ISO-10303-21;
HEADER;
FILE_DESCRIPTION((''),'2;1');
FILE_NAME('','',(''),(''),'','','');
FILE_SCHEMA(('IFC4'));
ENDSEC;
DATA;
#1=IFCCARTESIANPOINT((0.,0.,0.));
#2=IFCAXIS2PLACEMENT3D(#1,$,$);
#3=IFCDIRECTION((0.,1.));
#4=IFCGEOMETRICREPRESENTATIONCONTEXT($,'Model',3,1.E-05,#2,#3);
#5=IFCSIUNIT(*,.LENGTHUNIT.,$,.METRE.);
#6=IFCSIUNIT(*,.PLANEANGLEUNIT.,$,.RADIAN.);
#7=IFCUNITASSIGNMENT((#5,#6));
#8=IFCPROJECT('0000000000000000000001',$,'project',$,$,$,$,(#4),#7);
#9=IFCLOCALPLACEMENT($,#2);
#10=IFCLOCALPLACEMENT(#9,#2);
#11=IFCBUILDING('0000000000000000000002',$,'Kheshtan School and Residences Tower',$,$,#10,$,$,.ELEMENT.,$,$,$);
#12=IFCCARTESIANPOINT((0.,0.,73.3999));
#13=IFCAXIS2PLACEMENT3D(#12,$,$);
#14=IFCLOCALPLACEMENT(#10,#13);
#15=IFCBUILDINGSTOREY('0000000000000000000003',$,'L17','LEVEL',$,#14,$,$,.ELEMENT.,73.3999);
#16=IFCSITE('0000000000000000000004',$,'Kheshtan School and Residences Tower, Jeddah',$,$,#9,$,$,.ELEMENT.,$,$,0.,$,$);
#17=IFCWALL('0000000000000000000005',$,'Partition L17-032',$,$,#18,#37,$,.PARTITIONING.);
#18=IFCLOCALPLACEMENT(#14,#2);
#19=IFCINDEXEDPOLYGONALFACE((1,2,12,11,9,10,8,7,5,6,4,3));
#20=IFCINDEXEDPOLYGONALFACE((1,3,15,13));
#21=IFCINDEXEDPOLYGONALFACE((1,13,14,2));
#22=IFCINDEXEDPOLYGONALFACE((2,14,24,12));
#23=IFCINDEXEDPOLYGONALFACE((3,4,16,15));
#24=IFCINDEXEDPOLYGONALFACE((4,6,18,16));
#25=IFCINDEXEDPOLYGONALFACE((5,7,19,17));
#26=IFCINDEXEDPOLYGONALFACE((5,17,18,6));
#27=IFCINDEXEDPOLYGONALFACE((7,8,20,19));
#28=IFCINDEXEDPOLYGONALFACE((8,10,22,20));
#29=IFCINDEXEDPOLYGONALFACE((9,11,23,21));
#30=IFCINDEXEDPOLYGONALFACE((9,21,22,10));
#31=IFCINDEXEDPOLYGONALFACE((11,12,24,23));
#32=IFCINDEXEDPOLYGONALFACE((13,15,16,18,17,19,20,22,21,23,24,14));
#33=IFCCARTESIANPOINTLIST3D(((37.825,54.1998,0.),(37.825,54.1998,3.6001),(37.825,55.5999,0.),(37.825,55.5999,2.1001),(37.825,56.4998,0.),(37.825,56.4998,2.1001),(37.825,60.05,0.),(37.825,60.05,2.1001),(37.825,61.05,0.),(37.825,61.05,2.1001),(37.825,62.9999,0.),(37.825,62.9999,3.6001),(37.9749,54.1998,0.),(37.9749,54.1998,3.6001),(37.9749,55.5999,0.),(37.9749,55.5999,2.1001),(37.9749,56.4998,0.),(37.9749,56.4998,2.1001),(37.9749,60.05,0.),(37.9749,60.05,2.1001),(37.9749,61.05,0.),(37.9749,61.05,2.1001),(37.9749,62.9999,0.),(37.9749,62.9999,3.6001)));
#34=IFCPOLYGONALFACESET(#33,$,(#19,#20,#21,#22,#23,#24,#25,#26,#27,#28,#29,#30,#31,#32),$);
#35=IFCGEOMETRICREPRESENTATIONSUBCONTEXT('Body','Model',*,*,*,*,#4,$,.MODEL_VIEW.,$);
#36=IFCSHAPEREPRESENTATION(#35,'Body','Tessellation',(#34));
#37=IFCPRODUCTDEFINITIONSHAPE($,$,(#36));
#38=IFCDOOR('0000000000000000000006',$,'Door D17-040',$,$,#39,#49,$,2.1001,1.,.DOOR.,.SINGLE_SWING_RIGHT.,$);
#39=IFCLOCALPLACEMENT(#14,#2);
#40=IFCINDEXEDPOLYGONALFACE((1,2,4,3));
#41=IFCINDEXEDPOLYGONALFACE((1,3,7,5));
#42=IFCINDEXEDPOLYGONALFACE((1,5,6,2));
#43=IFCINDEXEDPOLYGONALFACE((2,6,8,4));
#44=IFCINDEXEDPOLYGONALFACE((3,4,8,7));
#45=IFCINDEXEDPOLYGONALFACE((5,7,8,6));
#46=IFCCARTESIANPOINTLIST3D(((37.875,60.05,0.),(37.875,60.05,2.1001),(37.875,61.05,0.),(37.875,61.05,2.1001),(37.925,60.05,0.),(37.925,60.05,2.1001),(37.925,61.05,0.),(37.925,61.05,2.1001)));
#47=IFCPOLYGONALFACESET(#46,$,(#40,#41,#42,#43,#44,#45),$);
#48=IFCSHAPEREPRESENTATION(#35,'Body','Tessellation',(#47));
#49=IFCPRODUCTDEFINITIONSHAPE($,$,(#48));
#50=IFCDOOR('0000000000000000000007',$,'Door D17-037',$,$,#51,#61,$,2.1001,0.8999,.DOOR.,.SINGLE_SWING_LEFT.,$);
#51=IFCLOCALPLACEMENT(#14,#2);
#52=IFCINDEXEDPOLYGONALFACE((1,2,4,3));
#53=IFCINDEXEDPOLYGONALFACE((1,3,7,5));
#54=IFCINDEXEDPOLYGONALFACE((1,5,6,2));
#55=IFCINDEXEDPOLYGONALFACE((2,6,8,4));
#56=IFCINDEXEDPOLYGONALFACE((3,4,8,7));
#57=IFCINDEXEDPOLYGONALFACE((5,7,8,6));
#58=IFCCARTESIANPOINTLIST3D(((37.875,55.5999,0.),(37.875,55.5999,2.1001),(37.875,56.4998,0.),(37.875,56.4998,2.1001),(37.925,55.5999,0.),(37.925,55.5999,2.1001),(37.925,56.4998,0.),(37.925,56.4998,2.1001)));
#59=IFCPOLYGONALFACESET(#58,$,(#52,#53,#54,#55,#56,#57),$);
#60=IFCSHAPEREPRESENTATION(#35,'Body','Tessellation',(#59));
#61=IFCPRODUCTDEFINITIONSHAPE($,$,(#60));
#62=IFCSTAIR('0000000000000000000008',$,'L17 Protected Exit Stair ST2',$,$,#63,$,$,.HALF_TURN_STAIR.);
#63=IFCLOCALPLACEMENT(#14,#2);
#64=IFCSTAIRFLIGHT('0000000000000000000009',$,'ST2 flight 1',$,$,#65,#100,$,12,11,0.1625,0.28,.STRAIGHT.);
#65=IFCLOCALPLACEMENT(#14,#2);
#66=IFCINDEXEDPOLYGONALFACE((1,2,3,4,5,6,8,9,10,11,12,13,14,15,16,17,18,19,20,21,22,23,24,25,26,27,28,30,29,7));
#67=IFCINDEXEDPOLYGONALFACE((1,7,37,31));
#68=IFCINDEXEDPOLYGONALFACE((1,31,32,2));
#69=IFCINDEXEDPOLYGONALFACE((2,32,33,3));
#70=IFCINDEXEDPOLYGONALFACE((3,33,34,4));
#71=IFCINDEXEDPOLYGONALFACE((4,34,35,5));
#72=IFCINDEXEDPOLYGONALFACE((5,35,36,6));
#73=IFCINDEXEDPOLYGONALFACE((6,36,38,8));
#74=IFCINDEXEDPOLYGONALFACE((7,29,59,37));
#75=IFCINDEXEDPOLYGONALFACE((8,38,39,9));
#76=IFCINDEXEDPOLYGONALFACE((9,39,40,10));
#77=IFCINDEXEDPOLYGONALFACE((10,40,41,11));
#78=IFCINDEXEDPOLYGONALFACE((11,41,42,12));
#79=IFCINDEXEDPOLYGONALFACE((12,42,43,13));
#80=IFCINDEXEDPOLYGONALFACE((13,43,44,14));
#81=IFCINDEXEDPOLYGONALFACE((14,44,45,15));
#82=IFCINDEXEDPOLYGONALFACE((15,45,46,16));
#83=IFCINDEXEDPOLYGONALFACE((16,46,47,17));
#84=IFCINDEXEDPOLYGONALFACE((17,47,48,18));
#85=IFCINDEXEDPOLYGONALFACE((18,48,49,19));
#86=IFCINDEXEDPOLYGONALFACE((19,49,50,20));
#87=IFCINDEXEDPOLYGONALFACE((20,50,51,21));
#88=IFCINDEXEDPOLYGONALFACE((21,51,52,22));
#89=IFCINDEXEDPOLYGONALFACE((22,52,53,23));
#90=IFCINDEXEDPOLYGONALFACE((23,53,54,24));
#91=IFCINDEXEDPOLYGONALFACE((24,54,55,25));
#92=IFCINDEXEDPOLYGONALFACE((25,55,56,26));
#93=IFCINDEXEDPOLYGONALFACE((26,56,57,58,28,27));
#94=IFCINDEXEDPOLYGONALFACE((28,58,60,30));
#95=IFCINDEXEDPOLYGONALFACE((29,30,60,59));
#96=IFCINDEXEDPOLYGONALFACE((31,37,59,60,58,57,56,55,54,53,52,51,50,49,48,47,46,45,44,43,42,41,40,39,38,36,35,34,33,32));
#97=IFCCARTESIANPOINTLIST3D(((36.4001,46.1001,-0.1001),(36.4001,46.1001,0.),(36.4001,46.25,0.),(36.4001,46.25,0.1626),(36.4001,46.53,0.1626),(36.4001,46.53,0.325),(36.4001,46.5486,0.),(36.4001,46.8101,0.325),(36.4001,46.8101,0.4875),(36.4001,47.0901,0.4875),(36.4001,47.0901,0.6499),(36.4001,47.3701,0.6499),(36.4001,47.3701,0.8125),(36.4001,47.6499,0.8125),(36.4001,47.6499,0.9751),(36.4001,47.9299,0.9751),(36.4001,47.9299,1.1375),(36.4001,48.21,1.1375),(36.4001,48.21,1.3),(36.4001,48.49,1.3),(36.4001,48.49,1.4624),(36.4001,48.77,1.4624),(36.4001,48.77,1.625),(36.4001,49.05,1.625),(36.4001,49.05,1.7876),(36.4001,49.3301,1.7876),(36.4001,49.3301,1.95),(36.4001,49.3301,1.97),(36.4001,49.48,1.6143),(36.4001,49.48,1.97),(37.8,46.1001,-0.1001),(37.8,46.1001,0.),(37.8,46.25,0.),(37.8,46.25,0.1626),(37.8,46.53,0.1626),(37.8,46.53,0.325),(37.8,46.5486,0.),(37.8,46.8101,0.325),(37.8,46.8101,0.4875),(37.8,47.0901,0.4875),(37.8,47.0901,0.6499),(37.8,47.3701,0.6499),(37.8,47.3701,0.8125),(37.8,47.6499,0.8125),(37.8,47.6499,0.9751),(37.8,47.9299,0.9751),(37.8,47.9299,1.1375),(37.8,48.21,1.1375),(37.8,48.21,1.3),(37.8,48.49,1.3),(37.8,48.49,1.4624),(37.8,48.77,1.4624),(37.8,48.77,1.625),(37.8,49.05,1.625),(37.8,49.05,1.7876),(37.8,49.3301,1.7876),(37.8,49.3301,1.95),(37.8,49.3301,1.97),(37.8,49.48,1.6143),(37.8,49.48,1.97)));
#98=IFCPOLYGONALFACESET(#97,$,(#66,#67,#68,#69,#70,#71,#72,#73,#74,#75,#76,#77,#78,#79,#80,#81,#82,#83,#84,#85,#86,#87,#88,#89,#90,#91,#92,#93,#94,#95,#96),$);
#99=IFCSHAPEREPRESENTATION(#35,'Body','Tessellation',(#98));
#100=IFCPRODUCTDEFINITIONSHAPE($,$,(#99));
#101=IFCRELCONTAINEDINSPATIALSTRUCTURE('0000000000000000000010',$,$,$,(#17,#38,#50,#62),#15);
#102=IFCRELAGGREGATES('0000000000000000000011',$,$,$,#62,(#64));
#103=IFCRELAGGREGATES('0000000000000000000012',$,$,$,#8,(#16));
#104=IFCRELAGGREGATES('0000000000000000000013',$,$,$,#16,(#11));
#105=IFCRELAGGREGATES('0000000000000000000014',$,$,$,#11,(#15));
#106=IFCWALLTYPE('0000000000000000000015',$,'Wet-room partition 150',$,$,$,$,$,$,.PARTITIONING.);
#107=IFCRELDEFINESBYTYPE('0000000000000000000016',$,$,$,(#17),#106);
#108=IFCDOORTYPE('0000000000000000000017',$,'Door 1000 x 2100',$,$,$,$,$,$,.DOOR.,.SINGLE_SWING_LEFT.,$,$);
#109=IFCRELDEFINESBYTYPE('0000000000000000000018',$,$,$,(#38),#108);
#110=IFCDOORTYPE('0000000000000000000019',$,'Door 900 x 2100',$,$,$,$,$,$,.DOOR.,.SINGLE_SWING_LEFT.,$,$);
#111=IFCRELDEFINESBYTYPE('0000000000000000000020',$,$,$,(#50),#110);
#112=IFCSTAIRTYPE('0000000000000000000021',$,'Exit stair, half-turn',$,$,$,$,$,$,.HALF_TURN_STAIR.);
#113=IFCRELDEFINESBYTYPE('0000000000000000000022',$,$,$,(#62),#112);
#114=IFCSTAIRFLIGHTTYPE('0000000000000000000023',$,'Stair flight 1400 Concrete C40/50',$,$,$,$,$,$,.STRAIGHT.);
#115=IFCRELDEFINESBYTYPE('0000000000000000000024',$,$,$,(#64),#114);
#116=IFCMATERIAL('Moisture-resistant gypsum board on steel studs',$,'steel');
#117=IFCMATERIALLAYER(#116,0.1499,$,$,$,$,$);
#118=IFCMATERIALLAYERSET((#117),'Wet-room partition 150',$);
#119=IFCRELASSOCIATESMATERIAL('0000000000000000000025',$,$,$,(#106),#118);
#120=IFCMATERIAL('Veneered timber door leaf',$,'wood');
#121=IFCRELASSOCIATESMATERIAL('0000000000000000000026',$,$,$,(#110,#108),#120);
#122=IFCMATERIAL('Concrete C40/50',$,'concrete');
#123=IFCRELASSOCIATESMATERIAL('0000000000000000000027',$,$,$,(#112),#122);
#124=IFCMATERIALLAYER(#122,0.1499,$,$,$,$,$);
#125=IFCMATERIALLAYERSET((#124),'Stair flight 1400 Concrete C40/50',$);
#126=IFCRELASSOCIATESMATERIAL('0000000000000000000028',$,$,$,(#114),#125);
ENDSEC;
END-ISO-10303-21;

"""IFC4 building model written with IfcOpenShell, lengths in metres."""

from ifc_helpers import new_model, si_unit, direction, frame, frame_2d, origin, place, context, subcontext, project, spatial, polyline, rectangle, outline, extrude, source, transform, mapped, material, layer, layer_set, type_object, element, fill, aggregate, save


model = new_model("IFC4")

# Units and contexts
model_context = context("Model", 3, precision=1e-05, world=origin(), true_north=direction((0.0, 1.0)))
body_context = subcontext(model_context, "Body", "Model", "MODEL_VIEW")
ifc_project = project(units=[si_unit("LENGTHUNIT", "METRE"), si_unit("PLANEANGLEUNIT", "RADIAN")], contexts=[model_context])

# Site, building, storey
site_placement = place(None, origin())
site = spatial("IfcSite", under=ifc_project, at=site_placement, Name="Kheshtan School and Residences Tower, Jeddah", CompositionType="ELEMENT", RefElevation=0.0)
building_placement = place(site_placement, origin())
building = spatial("IfcBuilding", under=site, at=building_placement, Name="Kheshtan School and Residences Tower", CompositionType="ELEMENT")
storey_placement = place(building_placement, frame((0.0, 0.0, 73.3999)))
storey = spatial("IfcBuildingStorey", under=building, at=storey_placement, Name="L17", Description="LEVEL", CompositionType="ELEMENT", Elevation=73.3999)

# Wall, openings, doors
ifc_material_1 = material(Name="Moisture-resistant gypsum board on steel studs", Category="steel")
ifc_layer_1 = layer(ifc_material_1, 0.1499)
ifc_layer_set_1 = layer_set([ifc_layer_1], Name="Wet-room partition 150")
wall_type_1 = type_object("IfcWallType", Name="Wet-room partition 150", PredefinedType="PARTITIONING", material=ifc_layer_set_1)
ifc_material_2 = material(Name="Veneered timber door leaf", Category="wood")
door_type_1 = type_object("IfcDoorType", Name="Door 900 x 2100", OperationType="SINGLE_SWING_LEFT", PredefinedType="DOOR", material=ifc_material_2)
shared_shape_1 = source(origin(), body_context, "Body", "SweptSolid", [
    extrude(rectangle(XDim=0.8999, YDim=2.1001, at=frame_2d((0.45, 1.05))), frame((0.0, 0.0249, 0.0), z_axis=(0.0, -1.0, 0.0), x_axis=(1.0, 0.0, 0.0)), (0.0, 0.0, 1.0), 0.05),
])
wall_1_placement = place(storey_placement, frame((37.8999, 54.2, 0.0), z_axis=(0.0, 0.0, 1.0), x_axis=(0.0, 1.0, 0.0)))
wall_1 = element("IfcWall", 1, at=wall_1_placement, inside=storey, type_object=wall_type_1, Name="Partition L17-032", PredefinedType="PARTITIONING", context=body_context, shape_type="SweptSolid", body=[
    extrude(rectangle(XDim=8.8, YDim=0.1499, at=frame_2d((4.3999, 0.0))), origin(), (0.0, 0.0, 1.0), 3.6001),
])
opening_1_placement = place(wall_1_placement, frame((1.3999, 0.0, 0.0)))
opening_1 = element("IfcOpeningElement", 2, at=opening_1_placement, cuts=wall_1, PredefinedType="OPENING", context=body_context, shape_type="SweptSolid", body=[
    extrude(rectangle(XDim=0.8999, YDim=2.1001, at=frame_2d((0.45, 1.05))), frame((0.0, 0.085, 0.0), z_axis=(0.0, -1.0, 0.0), x_axis=(1.0, 0.0, 0.0)), (0.0, 0.0, 1.0), 0.1699),
])
opening_2_placement = place(wall_1_placement, frame((5.8501, 0.0, 0.0)))
opening_2 = element("IfcOpeningElement", 3, at=opening_2_placement, cuts=wall_1, PredefinedType="OPENING", context=body_context, shape_type="SweptSolid", body=[
    extrude(rectangle(XDim=1.0, YDim=2.1001, at=frame_2d((0.5, 1.05))), frame((0.0, 0.085, 0.0), z_axis=(0.0, -1.0, 0.0), x_axis=(1.0, 0.0, 0.0)), (0.0, 0.0, 1.0), 0.1699),
])
door_type_2 = type_object("IfcDoorType", Name="Door 1000 x 2100", OperationType="SINGLE_SWING_LEFT", PredefinedType="DOOR", material=ifc_material_2)
shared_shape_2 = source(origin(), body_context, "Body", "SweptSolid", [
    extrude(rectangle(XDim=1.0, YDim=2.1001, at=frame_2d((0.5, 1.05))), frame((0.0, 0.0249, 0.0), z_axis=(0.0, -1.0, 0.0), x_axis=(1.0, 0.0, 0.0)), (0.0, 0.0, 1.0), 0.05),
])
door_1_placement = place(opening_2_placement, origin())
door_1 = element("IfcDoor", 4, at=door_1_placement, inside=storey, type_object=door_type_2, Name="Door D17-040", OperationType="SINGLE_SWING_RIGHT", OverallHeight=2.1001, OverallWidth=1.0, PredefinedType="DOOR", context=body_context, shape_type="MappedRepresentation", body=[
    mapped(shared_shape_2, transform((0.0, 0.0, 0.0), x_axis=(1.0, 0.0, 0.0), y_axis=(0.0, 1.0, 0.0), z_axis=(0.0, 0.0, 1.0), scale=1.0)),
])
fill(opening_2, door_1)
door_2_placement = place(opening_1_placement, origin())
door_2 = element("IfcDoor", 5, at=door_2_placement, inside=storey, type_object=door_type_1, Name="Door D17-037", OperationType="SINGLE_SWING_LEFT", OverallHeight=2.1001, OverallWidth=0.8999, PredefinedType="DOOR", context=body_context, shape_type="MappedRepresentation", body=[
    mapped(shared_shape_1, transform((0.0, 0.0, 0.0), x_axis=(1.0, 0.0, 0.0), y_axis=(0.0, 1.0, 0.0), z_axis=(0.0, 0.0, 1.0), scale=1.0)),
])
fill(opening_1, door_2)

# Stair, stair flight
ifc_material_3 = material(Name="Concrete C40/50", Category="concrete")
stair_type = type_object("IfcStairType", Name="Exit stair, half-turn", PredefinedType="HALF_TURN_STAIR", material=ifc_material_3)
stair_placement = place(storey_placement, origin())
stair = element("IfcStair", 6, at=stair_placement, inside=storey, type_object=stair_type, Name="L17 Protected Exit Stair ST2", PredefinedType="HALF_TURN_STAIR")
ifc_layer_2 = layer(ifc_material_3, 0.1499)
ifc_layer_set_2 = layer_set([ifc_layer_2], Name="Stair flight 1400 Concrete C40/50")
stair_flight_type = type_object("IfcStairFlightType", Name="Stair flight 1400 Concrete C40/50", PredefinedType="STRAIGHT", material=ifc_layer_set_2)
stair_flight_placement = place(storey_placement, frame((37.1001, 46.25, 0.0), z_axis=(0.0, 0.0, 1.0), x_axis=(0.0, 1.0, 0.0)))
stair_flight = element("IfcStairFlight", 7, at=stair_flight_placement, type_object=stair_flight_type, Name="ST2 flight 1", NumberOfRisers=12, NumberOfTreads=11, PredefinedType="STRAIGHT", RiserHeight=0.1625, TreadLength=0.28, context=body_context, shape_type="SweptSolid", body=[
    extrude(outline(polyline([(-0.1499, -0.1001), (-0.1499, 0.0), (0.0, 0.0), (0.0, 0.1626), (0.28, 0.1626), (0.28, 0.325), (0.5601, 0.325), (0.5601, 0.4875), (0.8401, 0.4875), (0.8401, 0.6499), (1.1201, 0.6499), (1.1201, 0.8125), (1.3999, 0.8125), (1.3999, 0.9751), (1.6799, 0.9751), (1.6799, 1.1375), (1.96, 1.1375), (1.96, 1.3), (2.24, 1.3), (2.24, 1.4624), (2.52, 1.4624), (2.52, 1.625), (2.8, 1.625), (2.8, 1.7876), (3.0801, 1.7876), (3.0801, 1.95), (3.0801, 1.97), (3.23, 1.97), (3.23, 1.6143), (0.2986, 0.0), (-0.1499, -0.1001)])), frame((0.0, 0.7, 0.0), z_axis=(0.0, -1.0, 0.0), x_axis=(1.0, 0.0, 0.0)), (0.0, 0.0, 1.0), 1.3999),
])
aggregate(stair, [stair_flight])

save(model, "model.ifc")
